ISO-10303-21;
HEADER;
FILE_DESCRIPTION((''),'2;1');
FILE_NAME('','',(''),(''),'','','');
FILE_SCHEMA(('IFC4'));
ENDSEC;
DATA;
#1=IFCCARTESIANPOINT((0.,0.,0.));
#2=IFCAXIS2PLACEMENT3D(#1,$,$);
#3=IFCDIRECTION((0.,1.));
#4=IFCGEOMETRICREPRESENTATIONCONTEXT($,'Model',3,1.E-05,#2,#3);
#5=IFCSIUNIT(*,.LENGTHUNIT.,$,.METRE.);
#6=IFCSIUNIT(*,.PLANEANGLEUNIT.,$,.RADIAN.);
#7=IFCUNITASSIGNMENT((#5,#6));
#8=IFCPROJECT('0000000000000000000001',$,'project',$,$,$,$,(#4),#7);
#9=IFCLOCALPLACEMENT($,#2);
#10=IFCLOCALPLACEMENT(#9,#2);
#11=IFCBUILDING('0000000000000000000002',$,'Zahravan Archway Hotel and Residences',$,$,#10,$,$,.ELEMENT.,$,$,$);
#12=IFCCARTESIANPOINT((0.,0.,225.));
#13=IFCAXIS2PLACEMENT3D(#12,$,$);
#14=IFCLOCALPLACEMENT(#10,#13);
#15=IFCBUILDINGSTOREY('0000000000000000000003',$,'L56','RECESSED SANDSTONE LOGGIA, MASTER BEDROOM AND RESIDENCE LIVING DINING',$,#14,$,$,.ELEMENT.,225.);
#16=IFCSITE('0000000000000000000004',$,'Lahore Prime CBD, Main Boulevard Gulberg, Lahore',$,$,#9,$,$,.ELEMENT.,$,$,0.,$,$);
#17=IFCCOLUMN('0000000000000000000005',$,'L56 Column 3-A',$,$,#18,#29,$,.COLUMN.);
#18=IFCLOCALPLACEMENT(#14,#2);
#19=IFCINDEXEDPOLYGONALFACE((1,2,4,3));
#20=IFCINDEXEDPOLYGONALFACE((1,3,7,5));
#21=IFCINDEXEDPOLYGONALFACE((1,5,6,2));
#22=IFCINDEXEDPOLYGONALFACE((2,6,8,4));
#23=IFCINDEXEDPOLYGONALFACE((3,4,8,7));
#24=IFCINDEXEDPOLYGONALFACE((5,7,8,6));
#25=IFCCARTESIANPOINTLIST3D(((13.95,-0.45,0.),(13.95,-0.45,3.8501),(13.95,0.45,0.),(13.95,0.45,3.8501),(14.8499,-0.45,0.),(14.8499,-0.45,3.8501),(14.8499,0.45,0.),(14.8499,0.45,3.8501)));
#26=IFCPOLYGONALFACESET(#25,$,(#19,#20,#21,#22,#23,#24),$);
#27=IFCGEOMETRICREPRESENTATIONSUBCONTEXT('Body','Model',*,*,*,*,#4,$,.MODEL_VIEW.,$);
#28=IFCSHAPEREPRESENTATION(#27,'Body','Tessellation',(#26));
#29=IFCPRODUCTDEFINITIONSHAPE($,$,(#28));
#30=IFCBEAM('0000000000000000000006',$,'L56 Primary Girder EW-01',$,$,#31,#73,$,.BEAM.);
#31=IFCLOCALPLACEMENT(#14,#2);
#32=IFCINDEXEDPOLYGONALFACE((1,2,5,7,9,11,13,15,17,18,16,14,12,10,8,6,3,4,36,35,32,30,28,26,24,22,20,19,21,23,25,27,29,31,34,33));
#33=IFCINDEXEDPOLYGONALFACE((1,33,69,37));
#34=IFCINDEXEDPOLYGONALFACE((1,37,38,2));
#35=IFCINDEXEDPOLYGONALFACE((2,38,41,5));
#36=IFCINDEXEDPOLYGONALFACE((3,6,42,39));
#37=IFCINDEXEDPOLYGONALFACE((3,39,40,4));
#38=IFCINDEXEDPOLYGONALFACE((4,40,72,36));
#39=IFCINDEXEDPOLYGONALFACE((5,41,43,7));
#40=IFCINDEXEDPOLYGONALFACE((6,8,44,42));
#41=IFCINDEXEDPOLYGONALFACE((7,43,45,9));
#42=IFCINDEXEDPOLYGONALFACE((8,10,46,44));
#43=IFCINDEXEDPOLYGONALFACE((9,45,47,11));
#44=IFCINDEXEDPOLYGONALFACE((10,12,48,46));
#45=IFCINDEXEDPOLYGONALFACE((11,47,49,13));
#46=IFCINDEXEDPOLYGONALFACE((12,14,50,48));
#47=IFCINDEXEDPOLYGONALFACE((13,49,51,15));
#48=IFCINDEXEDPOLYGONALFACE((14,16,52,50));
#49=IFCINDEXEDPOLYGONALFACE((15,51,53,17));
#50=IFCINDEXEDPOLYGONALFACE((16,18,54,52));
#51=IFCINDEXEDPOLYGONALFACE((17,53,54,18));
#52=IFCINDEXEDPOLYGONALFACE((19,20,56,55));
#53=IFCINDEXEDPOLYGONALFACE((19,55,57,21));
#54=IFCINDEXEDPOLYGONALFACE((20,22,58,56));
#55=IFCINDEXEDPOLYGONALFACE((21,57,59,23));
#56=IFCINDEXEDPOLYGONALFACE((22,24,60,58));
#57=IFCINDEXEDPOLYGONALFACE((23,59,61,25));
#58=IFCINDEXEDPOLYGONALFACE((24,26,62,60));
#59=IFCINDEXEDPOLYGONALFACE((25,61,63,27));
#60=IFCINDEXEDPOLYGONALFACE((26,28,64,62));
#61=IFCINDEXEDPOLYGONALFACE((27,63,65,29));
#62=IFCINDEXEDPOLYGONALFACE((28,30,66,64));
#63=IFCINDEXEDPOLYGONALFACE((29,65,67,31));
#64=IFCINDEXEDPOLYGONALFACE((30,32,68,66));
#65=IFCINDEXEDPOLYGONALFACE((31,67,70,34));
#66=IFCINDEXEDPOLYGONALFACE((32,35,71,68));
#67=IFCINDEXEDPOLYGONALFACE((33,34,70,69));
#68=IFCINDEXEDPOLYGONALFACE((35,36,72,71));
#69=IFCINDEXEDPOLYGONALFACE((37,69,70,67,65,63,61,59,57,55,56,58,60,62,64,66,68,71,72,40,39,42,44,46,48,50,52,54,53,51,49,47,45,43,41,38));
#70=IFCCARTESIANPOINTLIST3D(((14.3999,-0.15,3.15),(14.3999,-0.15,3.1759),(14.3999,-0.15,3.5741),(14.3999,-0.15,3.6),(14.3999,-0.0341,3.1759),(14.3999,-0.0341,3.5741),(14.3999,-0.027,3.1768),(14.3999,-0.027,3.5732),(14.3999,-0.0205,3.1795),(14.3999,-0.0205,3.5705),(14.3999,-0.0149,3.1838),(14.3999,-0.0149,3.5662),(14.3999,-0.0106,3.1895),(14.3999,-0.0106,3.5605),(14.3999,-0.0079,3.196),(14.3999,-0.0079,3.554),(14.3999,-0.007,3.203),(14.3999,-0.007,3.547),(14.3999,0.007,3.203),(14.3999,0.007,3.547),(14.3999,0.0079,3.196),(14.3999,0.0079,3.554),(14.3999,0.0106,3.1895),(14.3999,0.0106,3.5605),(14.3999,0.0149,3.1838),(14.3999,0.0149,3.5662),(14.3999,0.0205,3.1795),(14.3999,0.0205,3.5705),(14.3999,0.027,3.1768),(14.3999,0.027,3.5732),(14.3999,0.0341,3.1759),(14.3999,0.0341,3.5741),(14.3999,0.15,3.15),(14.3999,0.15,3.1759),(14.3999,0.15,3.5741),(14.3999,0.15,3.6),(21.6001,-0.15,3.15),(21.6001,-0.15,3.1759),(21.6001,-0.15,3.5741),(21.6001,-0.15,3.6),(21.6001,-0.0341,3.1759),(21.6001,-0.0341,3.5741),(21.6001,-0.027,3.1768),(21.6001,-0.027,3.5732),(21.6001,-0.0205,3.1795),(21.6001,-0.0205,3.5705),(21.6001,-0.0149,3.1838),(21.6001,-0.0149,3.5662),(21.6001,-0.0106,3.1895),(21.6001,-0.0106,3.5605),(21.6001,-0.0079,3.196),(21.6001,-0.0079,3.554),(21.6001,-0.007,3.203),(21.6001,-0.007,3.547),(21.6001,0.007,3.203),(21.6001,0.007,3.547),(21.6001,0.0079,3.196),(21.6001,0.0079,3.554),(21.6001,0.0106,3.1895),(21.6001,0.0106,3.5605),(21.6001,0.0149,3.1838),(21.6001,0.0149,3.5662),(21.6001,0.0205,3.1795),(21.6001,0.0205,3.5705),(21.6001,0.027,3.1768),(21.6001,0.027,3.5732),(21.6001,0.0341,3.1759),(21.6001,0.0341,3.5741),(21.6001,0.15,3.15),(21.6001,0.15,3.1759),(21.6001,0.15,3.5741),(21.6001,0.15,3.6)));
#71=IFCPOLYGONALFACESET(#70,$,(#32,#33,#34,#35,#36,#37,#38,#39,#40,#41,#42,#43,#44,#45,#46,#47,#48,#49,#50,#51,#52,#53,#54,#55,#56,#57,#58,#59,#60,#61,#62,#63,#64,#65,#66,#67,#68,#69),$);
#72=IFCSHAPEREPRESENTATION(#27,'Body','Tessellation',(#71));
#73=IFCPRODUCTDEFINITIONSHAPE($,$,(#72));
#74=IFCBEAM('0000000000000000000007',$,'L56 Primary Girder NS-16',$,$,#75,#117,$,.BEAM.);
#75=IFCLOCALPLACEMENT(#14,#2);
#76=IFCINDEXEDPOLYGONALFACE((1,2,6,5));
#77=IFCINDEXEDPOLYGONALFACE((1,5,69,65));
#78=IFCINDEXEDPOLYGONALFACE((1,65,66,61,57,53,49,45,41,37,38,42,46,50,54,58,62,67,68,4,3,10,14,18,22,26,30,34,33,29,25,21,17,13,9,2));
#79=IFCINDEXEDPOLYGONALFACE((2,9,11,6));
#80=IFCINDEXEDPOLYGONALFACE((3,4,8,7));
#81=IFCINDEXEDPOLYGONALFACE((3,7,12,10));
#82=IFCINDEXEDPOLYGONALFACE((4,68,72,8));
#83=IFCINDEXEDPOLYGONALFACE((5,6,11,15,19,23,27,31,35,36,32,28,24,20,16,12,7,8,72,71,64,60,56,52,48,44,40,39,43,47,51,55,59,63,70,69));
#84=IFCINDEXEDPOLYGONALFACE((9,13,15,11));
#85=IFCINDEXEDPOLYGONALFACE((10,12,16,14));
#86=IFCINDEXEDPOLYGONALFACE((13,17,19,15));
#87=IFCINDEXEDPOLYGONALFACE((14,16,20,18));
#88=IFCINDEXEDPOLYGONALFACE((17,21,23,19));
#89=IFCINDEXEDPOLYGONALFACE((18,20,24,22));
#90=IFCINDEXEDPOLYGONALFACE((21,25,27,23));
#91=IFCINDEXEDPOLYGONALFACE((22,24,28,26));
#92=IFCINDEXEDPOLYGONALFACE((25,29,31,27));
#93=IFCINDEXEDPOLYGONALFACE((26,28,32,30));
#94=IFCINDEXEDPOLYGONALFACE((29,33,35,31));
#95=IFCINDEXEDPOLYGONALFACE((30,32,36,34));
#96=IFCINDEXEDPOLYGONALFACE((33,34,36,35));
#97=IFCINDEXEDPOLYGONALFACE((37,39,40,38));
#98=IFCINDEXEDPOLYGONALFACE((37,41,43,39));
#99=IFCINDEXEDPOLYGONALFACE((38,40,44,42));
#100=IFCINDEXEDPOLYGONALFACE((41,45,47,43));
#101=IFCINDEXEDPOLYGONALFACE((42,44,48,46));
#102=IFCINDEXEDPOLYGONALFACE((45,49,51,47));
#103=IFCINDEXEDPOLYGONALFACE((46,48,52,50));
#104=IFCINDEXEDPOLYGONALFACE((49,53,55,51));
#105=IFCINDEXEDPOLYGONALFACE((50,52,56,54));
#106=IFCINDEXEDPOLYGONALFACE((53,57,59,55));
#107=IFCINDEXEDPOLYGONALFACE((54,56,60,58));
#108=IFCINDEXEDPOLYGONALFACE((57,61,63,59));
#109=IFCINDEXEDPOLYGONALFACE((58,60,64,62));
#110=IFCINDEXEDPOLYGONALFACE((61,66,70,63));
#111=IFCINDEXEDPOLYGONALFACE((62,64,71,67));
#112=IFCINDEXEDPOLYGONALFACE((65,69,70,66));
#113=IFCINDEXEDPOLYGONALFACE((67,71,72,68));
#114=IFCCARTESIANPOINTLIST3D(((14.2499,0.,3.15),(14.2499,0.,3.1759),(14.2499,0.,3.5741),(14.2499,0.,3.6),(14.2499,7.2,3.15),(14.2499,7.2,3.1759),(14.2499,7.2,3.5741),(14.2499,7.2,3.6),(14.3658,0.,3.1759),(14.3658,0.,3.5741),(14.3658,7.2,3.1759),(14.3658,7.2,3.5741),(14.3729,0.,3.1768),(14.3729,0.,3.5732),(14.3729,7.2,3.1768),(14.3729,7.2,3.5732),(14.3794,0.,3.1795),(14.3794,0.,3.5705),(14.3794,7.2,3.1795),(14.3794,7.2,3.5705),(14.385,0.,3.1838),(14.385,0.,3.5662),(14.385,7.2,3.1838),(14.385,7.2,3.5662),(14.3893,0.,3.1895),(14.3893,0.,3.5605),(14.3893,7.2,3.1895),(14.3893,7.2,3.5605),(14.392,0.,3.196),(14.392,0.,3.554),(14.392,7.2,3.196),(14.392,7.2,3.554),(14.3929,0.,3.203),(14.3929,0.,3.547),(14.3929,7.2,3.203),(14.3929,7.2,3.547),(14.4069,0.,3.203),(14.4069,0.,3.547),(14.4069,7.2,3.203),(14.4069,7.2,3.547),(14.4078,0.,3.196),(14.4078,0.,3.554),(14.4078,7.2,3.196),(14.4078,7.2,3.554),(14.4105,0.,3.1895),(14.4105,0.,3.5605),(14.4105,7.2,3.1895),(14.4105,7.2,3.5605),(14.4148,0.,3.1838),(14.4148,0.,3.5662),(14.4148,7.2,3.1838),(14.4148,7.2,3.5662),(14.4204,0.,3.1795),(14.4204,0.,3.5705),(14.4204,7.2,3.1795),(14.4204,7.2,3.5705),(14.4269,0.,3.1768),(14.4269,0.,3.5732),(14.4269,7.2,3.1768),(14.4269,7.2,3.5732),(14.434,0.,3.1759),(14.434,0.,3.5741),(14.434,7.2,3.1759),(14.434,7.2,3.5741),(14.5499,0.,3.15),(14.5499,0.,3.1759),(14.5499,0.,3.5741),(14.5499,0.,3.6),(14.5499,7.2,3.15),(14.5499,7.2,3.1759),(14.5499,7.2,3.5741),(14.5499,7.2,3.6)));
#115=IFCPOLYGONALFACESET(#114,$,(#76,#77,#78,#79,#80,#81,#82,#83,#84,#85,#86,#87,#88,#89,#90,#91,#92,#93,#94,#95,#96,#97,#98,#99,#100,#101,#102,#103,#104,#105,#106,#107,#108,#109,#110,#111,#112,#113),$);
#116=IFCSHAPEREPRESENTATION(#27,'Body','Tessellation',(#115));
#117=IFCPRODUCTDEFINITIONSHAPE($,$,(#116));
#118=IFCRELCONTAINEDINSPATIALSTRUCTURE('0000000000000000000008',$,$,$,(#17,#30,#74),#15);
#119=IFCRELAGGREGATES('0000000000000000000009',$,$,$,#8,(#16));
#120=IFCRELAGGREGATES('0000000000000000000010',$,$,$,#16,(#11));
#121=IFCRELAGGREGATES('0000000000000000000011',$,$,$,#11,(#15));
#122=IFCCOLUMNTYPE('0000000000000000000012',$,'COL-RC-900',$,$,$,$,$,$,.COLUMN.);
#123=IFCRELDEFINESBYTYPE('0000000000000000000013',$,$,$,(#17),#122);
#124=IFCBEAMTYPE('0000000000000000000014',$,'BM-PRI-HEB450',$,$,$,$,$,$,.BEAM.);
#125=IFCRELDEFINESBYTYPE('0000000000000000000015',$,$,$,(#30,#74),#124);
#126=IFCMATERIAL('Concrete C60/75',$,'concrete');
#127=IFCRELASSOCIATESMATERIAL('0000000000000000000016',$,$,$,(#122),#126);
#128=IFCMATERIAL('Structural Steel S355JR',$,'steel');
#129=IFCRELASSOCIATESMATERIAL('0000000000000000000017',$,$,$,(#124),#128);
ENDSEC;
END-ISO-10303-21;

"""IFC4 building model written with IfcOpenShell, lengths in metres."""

from ifc_helpers import new_model, si_unit, direction, frame, origin, origin_2d, place, context, subcontext, project, spatial, rectangle, i_section, extrude, source, transform, mapped, material, material_profile, profile_set, type_object, type_shapes, element, save


model = new_model("IFC4")

# Units and contexts
model_context = context("Model", 3, precision=1e-05, world=origin(), true_north=direction((0.0, 1.0)))
body_context = subcontext(model_context, "Body", "Model", "MODEL_VIEW")
ifc_project = project(units=[si_unit("LENGTHUNIT", "METRE"), si_unit("PLANEANGLEUNIT", "RADIAN")], contexts=[model_context])

# Site, building, storey
site_placement = place(None, origin())
site = spatial("IfcSite", under=ifc_project, at=site_placement, Name="Lahore Prime CBD, Main Boulevard Gulberg, Lahore", CompositionType="ELEMENT", RefElevation=0.0)
building_placement = place(site_placement, origin())
building = spatial("IfcBuilding", under=site, at=building_placement, Name="Zahravan Archway Hotel and Residences", CompositionType="ELEMENT")
storey_placement = place(building_placement, frame((0.0, 0.0, 225.0)))
storey = spatial("IfcBuildingStorey", under=building, at=storey_placement, Name="L56", Description="RECESSED SANDSTONE LOGGIA, MASTER BEDROOM AND RESIDENCE LIVING DINING", CompositionType="ELEMENT", Elevation=225.0)

# Column
ifc_material_1 = material(Name="Concrete C60/75", Category="concrete")
ifc_material_profile_1 = material_profile(ifc_material_1, rectangle(XDim=0.8999, YDim=0.8999, at=origin_2d()), Name="RC-COL-900x900", Category="concrete")
ifc_profile_set_1 = profile_set([ifc_material_profile_1], Name="Concrete C60/75")
column_type = type_object("IfcColumnType", Name="COL-RC-900", PredefinedType="COLUMN", material=ifc_profile_set_1)
shared_shape_1 = source(origin(), body_context, "Body", "SweptSolid", [
    extrude(rectangle(XDim=0.8999, YDim=0.8999, at=origin_2d()), origin(), (0.0, 0.0, 1.0), 3.8501),
])
type_shapes(column_type, [shared_shape_1])
column_placement = place(storey_placement, frame((14.3999, 0.0, 0.0), z_axis=(0.0, 0.0, 1.0), x_axis=(1.0, 0.0, 0.0)))
element("IfcColumn", 1, at=column_placement, inside=storey, type_object=column_type, Name="L56 Column 3-A", PredefinedType="COLUMN", context=body_context, shape_type="MappedRepresentation", body=[
    mapped(shared_shape_1, transform((0.0, 0.0, 0.0), scale=1.0)),
])

# Beams
ifc_material_2 = material(Name="Structural Steel S355JR", Category="steel")
ifc_material_profile_2 = material_profile(ifc_material_2, i_section(OverallWidth=0.3, OverallDepth=0.45, WebThickness=0.0139, FlangeThickness=0.0259, FilletRadius=0.0271, at=origin_2d()), Name="HEB 450", Category="steel")
ifc_profile_set_2 = profile_set([ifc_material_profile_2], Name="Structural Steel S355JR")
beam_type = type_object("IfcBeamType", Name="BM-PRI-HEB450", PredefinedType="BEAM", material=ifc_profile_set_2)
shared_shape_2 = source(origin(), body_context, "Body", "SweptSolid", [
    extrude(i_section(OverallWidth=0.3, OverallDepth=0.45, WebThickness=0.0139, FlangeThickness=0.0259, FilletRadius=0.0271, at=origin_2d()), origin(), (0.0, 0.0, 1.0), 7.2002),
])
type_shapes(beam_type, [shared_shape_2])
beam_1_placement = place(storey_placement, frame((14.3999, 0.0, 3.375), z_axis=(1.0, 0.0, 0.0), x_axis=(0.0, 1.0, 0.0)))
element("IfcBeam", 2, at=beam_1_placement, inside=storey, type_object=beam_type, Name="L56 Primary Girder EW-01", PredefinedType="BEAM", context=body_context, shape_type="MappedRepresentation", body=[
    mapped(shared_shape_2, transform((0.0, 0.0, 0.0), scale=1.0)),
])
shared_shape_3 = source(origin(), body_context, "Body", "SweptSolid", [
    extrude(i_section(OverallWidth=0.3, OverallDepth=0.45, WebThickness=0.0139, FlangeThickness=0.0259, FilletRadius=0.0271, at=origin_2d()), origin(), (0.0, 0.0, 1.0), 7.2),
])
beam_2_placement = place(storey_placement, frame((14.3999, 0.0, 3.375), z_axis=(0.0, 1.0, 0.0), x_axis=(-1.0, 0.0, 0.0)))
element("IfcBeam", 3, at=beam_2_placement, inside=storey, type_object=beam_type, Name="L56 Primary Girder NS-16", PredefinedType="BEAM", context=body_context, shape_type="MappedRepresentation", body=[
    mapped(shared_shape_3, transform((0.0, 0.0, 0.0), scale=1.0)),
])

save(model, "model.ifc")
